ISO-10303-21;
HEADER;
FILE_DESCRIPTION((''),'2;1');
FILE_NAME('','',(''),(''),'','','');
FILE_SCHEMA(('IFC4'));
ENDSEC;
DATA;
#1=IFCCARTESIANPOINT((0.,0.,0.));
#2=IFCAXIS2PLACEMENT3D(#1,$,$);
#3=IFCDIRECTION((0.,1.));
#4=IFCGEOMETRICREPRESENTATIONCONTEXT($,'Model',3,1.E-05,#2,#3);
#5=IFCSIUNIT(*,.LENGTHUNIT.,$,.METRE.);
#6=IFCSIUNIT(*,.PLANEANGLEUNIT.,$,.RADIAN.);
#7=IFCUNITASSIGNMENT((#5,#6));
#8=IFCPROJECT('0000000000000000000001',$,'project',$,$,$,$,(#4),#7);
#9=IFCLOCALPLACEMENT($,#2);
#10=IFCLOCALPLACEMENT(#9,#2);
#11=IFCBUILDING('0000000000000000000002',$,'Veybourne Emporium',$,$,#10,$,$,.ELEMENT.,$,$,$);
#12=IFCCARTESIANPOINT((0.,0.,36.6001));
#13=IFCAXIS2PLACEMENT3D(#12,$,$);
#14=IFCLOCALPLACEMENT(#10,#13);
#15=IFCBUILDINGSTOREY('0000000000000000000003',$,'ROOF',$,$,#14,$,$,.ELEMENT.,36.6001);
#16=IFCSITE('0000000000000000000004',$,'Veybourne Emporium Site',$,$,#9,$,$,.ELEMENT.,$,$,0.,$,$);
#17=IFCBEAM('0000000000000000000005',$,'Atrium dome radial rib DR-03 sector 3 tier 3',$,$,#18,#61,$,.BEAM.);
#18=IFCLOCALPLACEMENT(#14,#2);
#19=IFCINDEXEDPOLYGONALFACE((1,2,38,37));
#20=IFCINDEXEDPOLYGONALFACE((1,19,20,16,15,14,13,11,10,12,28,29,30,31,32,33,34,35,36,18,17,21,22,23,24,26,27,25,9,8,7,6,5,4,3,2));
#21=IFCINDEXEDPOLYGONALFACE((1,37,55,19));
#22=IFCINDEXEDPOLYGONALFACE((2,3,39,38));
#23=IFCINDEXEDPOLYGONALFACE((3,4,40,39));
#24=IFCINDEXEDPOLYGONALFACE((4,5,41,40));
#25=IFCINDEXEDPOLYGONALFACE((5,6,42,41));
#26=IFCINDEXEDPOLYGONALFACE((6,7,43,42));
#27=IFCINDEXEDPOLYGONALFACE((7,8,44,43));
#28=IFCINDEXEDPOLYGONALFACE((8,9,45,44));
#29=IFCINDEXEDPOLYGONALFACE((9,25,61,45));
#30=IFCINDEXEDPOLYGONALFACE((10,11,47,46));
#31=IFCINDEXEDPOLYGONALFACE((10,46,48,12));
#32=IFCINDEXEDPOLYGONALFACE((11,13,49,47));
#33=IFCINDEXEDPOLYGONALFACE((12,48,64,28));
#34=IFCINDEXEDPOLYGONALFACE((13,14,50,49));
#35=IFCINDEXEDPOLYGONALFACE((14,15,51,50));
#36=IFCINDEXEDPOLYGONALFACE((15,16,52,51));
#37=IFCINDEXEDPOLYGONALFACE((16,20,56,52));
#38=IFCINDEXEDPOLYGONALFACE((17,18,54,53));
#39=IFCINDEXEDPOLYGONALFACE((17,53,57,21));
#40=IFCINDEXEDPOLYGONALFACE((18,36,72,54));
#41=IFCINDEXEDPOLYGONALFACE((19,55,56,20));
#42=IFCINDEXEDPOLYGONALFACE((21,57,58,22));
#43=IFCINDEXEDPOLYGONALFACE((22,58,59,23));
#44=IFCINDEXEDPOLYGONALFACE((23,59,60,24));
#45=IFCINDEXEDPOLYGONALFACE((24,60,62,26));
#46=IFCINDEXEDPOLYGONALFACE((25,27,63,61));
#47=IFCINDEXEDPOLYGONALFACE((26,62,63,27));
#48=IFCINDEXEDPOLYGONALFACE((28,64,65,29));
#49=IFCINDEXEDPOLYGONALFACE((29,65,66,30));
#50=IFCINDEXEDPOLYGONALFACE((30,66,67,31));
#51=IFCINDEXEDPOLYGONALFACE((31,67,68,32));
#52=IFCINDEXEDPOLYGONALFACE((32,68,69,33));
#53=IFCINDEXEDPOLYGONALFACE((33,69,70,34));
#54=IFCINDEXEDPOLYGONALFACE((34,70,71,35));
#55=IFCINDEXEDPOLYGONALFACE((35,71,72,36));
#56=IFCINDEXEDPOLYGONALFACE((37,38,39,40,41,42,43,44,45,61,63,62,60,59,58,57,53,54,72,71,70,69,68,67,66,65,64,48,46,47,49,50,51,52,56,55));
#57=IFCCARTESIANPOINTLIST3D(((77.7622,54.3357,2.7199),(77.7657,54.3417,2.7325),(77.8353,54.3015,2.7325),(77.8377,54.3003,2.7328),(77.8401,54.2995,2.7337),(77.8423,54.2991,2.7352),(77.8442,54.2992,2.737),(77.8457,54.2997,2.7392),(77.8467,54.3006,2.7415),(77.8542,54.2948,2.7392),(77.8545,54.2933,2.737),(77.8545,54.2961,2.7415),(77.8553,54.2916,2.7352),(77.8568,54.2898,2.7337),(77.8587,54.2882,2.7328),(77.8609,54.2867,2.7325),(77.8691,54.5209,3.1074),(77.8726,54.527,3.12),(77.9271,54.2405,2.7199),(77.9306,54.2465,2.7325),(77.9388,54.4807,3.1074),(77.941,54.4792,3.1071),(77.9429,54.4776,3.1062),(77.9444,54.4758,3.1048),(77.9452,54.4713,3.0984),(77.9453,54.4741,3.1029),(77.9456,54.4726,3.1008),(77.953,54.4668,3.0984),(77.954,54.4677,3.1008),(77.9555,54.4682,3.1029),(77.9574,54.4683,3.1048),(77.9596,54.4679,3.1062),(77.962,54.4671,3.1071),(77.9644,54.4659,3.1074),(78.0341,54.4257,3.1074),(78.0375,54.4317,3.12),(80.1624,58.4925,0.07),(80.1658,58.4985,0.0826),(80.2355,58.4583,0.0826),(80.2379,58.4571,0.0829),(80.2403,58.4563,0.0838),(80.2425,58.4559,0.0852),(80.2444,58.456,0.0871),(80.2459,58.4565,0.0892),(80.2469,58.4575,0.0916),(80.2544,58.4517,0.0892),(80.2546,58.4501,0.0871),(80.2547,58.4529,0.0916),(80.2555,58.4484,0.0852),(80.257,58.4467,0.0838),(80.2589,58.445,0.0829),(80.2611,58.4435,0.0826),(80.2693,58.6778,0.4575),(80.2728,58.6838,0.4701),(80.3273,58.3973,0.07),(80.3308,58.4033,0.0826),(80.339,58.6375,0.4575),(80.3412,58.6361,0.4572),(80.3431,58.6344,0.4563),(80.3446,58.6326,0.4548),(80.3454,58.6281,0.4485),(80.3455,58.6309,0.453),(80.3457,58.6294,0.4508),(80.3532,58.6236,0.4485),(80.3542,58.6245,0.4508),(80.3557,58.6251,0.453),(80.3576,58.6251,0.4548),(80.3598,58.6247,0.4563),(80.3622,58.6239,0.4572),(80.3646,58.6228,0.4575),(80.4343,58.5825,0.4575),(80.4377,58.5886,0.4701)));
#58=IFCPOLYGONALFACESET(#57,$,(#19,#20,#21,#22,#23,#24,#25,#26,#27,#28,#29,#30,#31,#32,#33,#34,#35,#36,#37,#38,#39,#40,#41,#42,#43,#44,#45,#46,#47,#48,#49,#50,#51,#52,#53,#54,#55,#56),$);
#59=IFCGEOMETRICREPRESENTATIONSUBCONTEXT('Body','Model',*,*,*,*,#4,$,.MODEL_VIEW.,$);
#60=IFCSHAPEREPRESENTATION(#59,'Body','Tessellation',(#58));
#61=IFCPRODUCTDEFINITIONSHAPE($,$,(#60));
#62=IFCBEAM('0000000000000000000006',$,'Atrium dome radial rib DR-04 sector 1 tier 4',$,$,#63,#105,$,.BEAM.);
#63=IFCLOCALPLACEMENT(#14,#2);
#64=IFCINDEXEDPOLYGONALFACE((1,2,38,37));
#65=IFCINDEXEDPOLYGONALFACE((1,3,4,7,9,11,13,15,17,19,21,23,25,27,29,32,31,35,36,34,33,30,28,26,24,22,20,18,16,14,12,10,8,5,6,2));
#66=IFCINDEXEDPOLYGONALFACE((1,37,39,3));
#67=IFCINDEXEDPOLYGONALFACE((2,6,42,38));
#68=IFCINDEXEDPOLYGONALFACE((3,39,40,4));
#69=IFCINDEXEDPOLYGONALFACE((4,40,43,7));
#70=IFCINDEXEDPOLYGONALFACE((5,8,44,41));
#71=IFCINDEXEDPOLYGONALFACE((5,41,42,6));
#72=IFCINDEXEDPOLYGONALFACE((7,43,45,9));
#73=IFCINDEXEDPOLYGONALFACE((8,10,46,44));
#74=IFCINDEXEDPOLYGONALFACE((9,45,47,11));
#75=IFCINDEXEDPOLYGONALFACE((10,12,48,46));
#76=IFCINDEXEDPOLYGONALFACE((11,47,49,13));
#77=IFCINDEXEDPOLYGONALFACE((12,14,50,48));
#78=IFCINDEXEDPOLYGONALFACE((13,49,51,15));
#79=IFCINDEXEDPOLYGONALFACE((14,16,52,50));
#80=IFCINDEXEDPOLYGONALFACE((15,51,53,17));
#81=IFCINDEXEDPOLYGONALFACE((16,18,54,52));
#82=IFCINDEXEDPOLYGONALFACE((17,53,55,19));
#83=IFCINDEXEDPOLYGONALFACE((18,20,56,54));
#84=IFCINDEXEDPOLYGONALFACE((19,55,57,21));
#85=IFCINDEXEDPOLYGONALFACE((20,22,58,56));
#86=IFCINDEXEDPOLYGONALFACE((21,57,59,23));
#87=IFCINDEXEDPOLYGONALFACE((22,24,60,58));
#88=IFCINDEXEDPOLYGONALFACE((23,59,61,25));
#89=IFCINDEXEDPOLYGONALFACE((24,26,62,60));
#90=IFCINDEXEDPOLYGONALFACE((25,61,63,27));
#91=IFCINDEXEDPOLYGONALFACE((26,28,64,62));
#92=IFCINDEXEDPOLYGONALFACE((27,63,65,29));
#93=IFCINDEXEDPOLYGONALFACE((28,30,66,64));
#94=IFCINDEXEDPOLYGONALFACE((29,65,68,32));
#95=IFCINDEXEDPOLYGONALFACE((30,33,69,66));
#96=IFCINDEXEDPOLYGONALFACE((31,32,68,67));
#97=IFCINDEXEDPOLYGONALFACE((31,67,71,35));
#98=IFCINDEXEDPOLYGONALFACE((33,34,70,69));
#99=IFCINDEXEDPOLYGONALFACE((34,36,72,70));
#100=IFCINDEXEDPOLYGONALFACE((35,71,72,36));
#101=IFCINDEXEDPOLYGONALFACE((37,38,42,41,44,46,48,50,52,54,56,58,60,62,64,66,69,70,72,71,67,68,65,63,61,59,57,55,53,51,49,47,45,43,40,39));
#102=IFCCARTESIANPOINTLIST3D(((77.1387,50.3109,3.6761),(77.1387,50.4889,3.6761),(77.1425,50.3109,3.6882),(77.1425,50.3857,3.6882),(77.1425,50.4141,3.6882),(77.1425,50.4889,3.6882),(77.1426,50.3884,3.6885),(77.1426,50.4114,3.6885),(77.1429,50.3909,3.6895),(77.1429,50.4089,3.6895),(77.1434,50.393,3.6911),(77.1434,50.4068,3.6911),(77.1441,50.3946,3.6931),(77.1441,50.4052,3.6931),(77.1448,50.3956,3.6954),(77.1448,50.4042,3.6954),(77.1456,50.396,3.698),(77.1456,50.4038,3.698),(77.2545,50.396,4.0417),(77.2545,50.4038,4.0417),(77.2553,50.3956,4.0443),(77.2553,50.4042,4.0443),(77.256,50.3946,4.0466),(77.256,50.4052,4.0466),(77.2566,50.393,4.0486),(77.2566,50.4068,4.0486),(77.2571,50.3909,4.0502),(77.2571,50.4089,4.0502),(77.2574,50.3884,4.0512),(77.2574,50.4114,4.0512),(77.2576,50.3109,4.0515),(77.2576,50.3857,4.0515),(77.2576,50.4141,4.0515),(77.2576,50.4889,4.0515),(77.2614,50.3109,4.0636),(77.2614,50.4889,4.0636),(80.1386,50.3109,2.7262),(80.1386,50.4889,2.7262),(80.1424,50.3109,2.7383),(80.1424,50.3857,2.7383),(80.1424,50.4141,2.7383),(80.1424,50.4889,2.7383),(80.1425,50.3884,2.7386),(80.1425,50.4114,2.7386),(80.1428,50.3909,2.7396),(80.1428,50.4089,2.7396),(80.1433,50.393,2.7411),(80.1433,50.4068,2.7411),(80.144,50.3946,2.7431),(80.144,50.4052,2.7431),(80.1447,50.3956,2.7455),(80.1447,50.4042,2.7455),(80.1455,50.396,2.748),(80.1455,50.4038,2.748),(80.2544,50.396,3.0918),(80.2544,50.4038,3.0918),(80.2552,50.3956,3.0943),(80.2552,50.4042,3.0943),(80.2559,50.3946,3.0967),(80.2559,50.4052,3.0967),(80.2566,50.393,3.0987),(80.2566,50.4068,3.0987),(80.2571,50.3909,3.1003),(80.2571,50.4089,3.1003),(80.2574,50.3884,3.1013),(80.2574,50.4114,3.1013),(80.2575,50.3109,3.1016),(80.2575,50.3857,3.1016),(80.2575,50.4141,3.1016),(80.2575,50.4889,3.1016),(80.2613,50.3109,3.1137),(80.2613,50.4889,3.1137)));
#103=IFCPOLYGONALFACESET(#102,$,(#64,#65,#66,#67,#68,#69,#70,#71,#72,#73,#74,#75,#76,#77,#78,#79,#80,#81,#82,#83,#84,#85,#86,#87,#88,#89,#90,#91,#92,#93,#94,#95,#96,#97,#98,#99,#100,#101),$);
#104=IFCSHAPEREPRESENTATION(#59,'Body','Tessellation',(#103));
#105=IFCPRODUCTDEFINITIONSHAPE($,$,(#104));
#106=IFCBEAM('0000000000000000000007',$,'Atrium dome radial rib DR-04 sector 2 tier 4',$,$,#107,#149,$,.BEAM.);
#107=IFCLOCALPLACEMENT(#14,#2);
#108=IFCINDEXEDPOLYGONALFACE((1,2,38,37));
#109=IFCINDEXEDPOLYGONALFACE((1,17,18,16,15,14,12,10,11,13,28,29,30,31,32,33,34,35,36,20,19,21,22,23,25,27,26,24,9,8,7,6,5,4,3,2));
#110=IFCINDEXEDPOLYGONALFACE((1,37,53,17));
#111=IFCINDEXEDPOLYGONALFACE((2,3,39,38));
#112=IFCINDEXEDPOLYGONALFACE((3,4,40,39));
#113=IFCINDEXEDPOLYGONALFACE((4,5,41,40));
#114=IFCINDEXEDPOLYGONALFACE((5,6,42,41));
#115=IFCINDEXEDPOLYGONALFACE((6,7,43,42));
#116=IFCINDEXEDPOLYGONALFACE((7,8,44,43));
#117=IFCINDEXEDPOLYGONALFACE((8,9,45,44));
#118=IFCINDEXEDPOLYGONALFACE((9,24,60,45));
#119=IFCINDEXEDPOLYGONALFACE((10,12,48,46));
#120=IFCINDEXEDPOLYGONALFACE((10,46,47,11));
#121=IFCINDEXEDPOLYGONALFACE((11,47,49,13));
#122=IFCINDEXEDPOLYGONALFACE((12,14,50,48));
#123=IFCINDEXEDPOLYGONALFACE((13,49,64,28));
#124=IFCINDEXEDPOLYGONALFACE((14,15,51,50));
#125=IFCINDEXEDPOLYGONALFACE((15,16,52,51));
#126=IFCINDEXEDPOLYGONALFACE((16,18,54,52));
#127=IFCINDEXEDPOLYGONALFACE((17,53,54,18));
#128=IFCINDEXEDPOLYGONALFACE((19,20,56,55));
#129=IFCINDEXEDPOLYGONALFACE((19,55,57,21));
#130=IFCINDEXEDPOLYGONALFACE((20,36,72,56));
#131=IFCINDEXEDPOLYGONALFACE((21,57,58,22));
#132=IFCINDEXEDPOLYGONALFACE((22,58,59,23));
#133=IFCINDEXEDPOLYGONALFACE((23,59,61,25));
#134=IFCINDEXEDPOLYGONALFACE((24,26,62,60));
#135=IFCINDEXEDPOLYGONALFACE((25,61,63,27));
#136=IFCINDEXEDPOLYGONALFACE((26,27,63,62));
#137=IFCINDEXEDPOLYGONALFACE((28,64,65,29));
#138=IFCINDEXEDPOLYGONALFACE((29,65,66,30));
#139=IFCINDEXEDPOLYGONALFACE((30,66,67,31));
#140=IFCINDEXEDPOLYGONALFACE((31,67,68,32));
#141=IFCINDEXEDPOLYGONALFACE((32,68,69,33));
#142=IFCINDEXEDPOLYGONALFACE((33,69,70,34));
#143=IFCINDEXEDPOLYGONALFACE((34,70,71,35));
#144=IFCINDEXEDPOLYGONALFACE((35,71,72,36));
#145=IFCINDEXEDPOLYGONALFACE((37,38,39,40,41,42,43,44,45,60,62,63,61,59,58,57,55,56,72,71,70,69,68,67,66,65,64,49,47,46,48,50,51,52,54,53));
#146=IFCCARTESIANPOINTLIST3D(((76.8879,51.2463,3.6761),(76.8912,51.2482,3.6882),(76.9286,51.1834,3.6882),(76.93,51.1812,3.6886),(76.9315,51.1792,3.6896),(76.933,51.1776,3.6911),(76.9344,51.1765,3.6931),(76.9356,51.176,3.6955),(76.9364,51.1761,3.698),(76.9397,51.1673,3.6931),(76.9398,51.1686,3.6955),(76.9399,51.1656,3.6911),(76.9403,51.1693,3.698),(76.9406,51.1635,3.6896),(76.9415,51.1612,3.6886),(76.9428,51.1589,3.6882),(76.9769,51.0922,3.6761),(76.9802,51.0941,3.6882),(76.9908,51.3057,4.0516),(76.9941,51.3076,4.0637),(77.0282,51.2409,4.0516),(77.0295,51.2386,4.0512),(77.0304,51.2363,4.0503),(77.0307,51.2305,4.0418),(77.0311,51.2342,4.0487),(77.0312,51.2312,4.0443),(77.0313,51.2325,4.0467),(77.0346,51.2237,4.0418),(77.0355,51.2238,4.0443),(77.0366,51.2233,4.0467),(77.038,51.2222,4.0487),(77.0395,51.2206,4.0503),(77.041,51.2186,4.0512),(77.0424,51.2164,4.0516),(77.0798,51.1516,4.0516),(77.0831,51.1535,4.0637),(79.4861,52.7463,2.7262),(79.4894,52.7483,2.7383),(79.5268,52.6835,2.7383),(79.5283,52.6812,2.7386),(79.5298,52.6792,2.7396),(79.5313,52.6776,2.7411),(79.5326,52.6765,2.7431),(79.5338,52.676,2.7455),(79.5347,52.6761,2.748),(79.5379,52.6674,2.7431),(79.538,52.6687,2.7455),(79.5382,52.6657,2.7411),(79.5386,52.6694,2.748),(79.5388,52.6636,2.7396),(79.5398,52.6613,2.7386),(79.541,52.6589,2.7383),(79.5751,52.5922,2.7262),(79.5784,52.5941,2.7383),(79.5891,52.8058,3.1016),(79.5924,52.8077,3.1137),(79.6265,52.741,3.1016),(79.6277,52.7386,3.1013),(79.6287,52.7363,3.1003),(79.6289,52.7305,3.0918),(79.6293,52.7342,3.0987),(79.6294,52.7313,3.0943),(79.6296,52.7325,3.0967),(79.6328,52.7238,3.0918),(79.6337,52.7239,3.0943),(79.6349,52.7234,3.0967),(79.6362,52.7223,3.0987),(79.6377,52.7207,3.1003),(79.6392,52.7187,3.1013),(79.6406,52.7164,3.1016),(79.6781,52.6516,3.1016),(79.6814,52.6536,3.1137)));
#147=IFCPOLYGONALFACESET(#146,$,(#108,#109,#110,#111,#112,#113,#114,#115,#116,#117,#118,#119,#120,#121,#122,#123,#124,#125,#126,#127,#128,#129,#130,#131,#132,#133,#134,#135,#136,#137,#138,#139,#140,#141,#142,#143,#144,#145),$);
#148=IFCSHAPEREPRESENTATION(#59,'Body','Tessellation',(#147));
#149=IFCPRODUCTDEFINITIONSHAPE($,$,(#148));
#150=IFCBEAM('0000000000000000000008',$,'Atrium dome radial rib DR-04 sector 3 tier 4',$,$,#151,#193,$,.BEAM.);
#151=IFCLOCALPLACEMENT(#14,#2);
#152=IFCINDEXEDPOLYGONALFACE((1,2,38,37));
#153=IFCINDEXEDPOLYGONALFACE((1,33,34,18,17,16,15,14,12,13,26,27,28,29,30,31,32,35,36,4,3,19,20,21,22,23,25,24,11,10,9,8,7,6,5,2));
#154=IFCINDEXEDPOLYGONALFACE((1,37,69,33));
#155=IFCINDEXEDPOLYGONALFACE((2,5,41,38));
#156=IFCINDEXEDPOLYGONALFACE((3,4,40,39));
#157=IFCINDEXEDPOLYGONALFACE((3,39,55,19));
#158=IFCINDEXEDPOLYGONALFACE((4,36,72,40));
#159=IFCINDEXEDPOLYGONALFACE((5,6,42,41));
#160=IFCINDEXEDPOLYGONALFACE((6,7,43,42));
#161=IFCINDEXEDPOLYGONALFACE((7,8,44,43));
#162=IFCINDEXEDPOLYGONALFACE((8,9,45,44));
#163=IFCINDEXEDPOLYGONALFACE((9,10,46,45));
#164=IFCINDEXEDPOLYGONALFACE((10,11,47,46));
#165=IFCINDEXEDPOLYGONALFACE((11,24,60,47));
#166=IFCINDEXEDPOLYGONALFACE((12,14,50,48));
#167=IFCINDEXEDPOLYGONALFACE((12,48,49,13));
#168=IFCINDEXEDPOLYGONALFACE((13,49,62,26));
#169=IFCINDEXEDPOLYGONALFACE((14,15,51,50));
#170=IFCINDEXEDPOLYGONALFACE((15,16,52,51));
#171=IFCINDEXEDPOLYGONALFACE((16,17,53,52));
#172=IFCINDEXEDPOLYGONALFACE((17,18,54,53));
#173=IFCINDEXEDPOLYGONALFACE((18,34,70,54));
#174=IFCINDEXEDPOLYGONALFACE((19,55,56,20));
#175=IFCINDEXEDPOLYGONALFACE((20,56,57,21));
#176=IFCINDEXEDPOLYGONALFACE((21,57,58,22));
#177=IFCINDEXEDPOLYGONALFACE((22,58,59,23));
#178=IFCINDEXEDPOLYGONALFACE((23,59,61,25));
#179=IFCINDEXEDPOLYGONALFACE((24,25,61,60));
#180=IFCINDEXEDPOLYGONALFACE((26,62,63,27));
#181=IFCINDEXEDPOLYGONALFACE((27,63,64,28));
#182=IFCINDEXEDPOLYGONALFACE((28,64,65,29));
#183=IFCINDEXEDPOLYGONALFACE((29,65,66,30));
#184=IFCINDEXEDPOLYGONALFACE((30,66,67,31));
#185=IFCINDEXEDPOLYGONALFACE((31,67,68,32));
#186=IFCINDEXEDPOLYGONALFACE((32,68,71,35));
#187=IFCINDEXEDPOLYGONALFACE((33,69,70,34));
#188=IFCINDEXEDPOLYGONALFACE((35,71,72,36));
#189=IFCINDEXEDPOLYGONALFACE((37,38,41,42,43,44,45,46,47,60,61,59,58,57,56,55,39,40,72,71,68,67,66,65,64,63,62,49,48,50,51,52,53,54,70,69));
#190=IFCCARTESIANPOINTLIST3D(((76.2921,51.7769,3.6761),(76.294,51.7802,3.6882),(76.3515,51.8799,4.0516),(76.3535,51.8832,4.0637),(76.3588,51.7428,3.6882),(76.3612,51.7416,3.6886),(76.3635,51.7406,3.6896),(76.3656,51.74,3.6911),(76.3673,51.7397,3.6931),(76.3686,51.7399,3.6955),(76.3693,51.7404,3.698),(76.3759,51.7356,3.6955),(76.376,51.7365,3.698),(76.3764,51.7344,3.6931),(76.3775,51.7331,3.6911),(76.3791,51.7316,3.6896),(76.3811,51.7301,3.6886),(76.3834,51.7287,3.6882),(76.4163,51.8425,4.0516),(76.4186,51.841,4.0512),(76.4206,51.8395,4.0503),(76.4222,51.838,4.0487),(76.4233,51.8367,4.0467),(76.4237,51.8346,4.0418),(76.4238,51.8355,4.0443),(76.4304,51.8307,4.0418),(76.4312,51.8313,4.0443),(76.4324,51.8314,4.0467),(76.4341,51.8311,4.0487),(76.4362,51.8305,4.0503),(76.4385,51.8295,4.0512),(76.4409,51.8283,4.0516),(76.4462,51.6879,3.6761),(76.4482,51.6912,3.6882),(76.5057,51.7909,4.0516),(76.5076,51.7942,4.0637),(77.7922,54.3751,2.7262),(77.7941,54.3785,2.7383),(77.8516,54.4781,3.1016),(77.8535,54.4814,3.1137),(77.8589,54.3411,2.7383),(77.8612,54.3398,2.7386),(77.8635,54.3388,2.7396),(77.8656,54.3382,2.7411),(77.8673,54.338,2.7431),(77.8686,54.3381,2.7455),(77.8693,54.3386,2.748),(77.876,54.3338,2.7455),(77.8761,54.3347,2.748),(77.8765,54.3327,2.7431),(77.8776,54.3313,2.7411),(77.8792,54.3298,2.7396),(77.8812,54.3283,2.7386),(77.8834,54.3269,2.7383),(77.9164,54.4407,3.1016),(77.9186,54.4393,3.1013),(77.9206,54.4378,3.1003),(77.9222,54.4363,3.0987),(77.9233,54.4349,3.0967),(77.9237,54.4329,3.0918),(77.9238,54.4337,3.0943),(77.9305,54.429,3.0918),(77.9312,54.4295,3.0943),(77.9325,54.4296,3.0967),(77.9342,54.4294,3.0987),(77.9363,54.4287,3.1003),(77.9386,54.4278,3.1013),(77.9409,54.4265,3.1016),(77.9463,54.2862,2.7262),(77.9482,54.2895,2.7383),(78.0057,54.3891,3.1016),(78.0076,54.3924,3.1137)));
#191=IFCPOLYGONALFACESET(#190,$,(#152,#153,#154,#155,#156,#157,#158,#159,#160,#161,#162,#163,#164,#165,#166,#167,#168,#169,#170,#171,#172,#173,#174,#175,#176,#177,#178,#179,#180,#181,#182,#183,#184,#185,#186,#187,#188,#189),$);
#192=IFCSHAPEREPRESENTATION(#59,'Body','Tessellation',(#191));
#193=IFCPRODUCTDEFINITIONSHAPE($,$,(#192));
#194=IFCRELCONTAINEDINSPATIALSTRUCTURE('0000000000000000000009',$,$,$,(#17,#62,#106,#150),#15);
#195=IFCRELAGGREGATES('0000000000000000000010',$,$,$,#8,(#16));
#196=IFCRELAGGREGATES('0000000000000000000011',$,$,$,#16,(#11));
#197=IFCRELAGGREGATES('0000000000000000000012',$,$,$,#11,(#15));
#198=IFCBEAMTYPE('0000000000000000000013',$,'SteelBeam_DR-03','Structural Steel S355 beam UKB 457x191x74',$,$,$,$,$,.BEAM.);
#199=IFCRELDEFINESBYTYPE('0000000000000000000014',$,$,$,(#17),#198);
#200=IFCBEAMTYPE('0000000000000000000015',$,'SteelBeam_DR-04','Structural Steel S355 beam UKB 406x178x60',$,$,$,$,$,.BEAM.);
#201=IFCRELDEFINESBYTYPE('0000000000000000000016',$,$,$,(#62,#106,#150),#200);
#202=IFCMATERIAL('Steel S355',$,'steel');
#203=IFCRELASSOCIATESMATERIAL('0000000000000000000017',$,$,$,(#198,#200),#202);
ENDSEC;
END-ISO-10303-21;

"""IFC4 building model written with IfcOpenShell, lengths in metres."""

from ifc_helpers import new_model, si_unit, direction, frame, origin, origin_2d, place, context, subcontext, project, spatial, i_section, extrude, material, material_profile, profile_set, type_object, element, save


model = new_model("IFC4")

# Units and contexts
model_context = context("Model", 3, precision=1e-05, world=origin(), true_north=direction((0.0, 1.0)))
body_context = subcontext(model_context, "Body", "Model", "MODEL_VIEW")
ifc_project = project(units=[si_unit("LENGTHUNIT", "METRE"), si_unit("PLANEANGLEUNIT", "RADIAN")], contexts=[model_context])

# Site, building, storey
site_placement = place(None, origin())
site = spatial("IfcSite", under=ifc_project, at=site_placement, Name="Veybourne Emporium Site", CompositionType="ELEMENT", RefElevation=0.0)
building_placement = place(site_placement, origin())
building = spatial("IfcBuilding", under=site, at=building_placement, Name="Veybourne Emporium", CompositionType="ELEMENT")
storey_placement = place(building_placement, frame((0.0, 0.0, 36.6001)))
storey = spatial("IfcBuildingStorey", under=building, at=storey_placement, Name="ROOF", CompositionType="ELEMENT", Elevation=36.6001)

# Beams
ifc_material_1 = material(Name="Steel S355", Category="steel")
ifc_material_profile_1 = material_profile(ifc_material_1, i_section(OverallWidth=0.1904, OverallDepth=0.457, WebThickness=0.009, FlangeThickness=0.0144, FilletRadius=0.0103, at=origin_2d()), Name="UKB 457x191x74")
ifc_profile_set_1 = profile_set([ifc_material_profile_1], Name="Steel S355")
beam_type_1 = type_object("IfcBeamType", Name="SteelBeam_DR-03", Description="Structural Steel S355 beam UKB 457x191x74", PredefinedType="BEAM", material=ifc_profile_set_1)
beam_1_placement = place(storey_placement, frame((80.3, 58.5405, 0.27), z_axis=(-0.437759, -0.758141, 0.483311), x_axis=(0.866003, -0.500039, 0.0)))
element("IfcBeam", 1, at=beam_1_placement, inside=storey, type_object=beam_type_1, Name="Atrium dome radial rib DR-03 sector 3 tier 3", PredefinedType="BEAM", context=body_context, shape_type="SweptSolid", body=[
    extrude(i_section(OverallWidth=0.1904, OverallDepth=0.457, WebThickness=0.009, FlangeThickness=0.0144, FilletRadius=0.0103, at=origin_2d()), origin(), (0.0, 0.0, 1.0), 5.4829),
])
ifc_material_profile_2 = material_profile(ifc_material_1, i_section(OverallWidth=0.178, OverallDepth=0.4065, WebThickness=0.0078, FlangeThickness=0.0127, FilletRadius=0.0103, at=origin_2d()), Name="UKB 406x178x60")
ifc_profile_set_2 = profile_set([ifc_material_profile_2], Name="Steel S355")
beam_type_2 = type_object("IfcBeamType", Name="SteelBeam_DR-04", Description="Structural Steel S355 beam UKB 406x178x60", PredefinedType="BEAM", material=ifc_profile_set_2)
beam_2_placement = place(storey_placement, frame((80.2, 50.3999, 2.9199), z_axis=(-0.953347, 0.0, 0.301878), x_axis=(0.0, -1.0, 0.0)))
element("IfcBeam", 2, at=beam_2_placement, inside=storey, type_object=beam_type_2, Name="Atrium dome radial rib DR-04 sector 1 tier 4", PredefinedType="BEAM", context=body_context, shape_type="SweptSolid", body=[
    extrude(i_section(OverallWidth=0.178, OverallDepth=0.4065, WebThickness=0.0078, FlangeThickness=0.0127, FilletRadius=0.0103, at=origin_2d()), origin(), (0.0, 0.0, 1.0), 3.1467),
])
for number, where, z_axis, x_axis, name in (
    (3, (79.5837, 52.7, 2.9199), (-0.825629, -0.476665, 0.301872), (0.49999, -0.866031, 0.0), "Atrium dome radial rib DR-04 sector 2 tier 4"),
    (4, (77.8999, 54.3838, 2.9199), (-0.476665, -0.825629, 0.301872), (0.866031, -0.49999, 0.0), "Atrium dome radial rib DR-04 sector 3 tier 4"),
):
    element("IfcBeam", number, at=place(storey_placement, frame(where, z_axis=z_axis, x_axis=x_axis)), inside=storey, type_object=beam_type_2, Name=name, PredefinedType="BEAM", context=body_context, shape_type="SweptSolid", body=[
        extrude(i_section(OverallWidth=0.178, OverallDepth=0.4065, WebThickness=0.0078, FlangeThickness=0.0127, FilletRadius=0.0103, at=origin_2d()), origin(), (0.0, 0.0, 1.0), 3.147),
    ])

save(model, "model.ifc")
